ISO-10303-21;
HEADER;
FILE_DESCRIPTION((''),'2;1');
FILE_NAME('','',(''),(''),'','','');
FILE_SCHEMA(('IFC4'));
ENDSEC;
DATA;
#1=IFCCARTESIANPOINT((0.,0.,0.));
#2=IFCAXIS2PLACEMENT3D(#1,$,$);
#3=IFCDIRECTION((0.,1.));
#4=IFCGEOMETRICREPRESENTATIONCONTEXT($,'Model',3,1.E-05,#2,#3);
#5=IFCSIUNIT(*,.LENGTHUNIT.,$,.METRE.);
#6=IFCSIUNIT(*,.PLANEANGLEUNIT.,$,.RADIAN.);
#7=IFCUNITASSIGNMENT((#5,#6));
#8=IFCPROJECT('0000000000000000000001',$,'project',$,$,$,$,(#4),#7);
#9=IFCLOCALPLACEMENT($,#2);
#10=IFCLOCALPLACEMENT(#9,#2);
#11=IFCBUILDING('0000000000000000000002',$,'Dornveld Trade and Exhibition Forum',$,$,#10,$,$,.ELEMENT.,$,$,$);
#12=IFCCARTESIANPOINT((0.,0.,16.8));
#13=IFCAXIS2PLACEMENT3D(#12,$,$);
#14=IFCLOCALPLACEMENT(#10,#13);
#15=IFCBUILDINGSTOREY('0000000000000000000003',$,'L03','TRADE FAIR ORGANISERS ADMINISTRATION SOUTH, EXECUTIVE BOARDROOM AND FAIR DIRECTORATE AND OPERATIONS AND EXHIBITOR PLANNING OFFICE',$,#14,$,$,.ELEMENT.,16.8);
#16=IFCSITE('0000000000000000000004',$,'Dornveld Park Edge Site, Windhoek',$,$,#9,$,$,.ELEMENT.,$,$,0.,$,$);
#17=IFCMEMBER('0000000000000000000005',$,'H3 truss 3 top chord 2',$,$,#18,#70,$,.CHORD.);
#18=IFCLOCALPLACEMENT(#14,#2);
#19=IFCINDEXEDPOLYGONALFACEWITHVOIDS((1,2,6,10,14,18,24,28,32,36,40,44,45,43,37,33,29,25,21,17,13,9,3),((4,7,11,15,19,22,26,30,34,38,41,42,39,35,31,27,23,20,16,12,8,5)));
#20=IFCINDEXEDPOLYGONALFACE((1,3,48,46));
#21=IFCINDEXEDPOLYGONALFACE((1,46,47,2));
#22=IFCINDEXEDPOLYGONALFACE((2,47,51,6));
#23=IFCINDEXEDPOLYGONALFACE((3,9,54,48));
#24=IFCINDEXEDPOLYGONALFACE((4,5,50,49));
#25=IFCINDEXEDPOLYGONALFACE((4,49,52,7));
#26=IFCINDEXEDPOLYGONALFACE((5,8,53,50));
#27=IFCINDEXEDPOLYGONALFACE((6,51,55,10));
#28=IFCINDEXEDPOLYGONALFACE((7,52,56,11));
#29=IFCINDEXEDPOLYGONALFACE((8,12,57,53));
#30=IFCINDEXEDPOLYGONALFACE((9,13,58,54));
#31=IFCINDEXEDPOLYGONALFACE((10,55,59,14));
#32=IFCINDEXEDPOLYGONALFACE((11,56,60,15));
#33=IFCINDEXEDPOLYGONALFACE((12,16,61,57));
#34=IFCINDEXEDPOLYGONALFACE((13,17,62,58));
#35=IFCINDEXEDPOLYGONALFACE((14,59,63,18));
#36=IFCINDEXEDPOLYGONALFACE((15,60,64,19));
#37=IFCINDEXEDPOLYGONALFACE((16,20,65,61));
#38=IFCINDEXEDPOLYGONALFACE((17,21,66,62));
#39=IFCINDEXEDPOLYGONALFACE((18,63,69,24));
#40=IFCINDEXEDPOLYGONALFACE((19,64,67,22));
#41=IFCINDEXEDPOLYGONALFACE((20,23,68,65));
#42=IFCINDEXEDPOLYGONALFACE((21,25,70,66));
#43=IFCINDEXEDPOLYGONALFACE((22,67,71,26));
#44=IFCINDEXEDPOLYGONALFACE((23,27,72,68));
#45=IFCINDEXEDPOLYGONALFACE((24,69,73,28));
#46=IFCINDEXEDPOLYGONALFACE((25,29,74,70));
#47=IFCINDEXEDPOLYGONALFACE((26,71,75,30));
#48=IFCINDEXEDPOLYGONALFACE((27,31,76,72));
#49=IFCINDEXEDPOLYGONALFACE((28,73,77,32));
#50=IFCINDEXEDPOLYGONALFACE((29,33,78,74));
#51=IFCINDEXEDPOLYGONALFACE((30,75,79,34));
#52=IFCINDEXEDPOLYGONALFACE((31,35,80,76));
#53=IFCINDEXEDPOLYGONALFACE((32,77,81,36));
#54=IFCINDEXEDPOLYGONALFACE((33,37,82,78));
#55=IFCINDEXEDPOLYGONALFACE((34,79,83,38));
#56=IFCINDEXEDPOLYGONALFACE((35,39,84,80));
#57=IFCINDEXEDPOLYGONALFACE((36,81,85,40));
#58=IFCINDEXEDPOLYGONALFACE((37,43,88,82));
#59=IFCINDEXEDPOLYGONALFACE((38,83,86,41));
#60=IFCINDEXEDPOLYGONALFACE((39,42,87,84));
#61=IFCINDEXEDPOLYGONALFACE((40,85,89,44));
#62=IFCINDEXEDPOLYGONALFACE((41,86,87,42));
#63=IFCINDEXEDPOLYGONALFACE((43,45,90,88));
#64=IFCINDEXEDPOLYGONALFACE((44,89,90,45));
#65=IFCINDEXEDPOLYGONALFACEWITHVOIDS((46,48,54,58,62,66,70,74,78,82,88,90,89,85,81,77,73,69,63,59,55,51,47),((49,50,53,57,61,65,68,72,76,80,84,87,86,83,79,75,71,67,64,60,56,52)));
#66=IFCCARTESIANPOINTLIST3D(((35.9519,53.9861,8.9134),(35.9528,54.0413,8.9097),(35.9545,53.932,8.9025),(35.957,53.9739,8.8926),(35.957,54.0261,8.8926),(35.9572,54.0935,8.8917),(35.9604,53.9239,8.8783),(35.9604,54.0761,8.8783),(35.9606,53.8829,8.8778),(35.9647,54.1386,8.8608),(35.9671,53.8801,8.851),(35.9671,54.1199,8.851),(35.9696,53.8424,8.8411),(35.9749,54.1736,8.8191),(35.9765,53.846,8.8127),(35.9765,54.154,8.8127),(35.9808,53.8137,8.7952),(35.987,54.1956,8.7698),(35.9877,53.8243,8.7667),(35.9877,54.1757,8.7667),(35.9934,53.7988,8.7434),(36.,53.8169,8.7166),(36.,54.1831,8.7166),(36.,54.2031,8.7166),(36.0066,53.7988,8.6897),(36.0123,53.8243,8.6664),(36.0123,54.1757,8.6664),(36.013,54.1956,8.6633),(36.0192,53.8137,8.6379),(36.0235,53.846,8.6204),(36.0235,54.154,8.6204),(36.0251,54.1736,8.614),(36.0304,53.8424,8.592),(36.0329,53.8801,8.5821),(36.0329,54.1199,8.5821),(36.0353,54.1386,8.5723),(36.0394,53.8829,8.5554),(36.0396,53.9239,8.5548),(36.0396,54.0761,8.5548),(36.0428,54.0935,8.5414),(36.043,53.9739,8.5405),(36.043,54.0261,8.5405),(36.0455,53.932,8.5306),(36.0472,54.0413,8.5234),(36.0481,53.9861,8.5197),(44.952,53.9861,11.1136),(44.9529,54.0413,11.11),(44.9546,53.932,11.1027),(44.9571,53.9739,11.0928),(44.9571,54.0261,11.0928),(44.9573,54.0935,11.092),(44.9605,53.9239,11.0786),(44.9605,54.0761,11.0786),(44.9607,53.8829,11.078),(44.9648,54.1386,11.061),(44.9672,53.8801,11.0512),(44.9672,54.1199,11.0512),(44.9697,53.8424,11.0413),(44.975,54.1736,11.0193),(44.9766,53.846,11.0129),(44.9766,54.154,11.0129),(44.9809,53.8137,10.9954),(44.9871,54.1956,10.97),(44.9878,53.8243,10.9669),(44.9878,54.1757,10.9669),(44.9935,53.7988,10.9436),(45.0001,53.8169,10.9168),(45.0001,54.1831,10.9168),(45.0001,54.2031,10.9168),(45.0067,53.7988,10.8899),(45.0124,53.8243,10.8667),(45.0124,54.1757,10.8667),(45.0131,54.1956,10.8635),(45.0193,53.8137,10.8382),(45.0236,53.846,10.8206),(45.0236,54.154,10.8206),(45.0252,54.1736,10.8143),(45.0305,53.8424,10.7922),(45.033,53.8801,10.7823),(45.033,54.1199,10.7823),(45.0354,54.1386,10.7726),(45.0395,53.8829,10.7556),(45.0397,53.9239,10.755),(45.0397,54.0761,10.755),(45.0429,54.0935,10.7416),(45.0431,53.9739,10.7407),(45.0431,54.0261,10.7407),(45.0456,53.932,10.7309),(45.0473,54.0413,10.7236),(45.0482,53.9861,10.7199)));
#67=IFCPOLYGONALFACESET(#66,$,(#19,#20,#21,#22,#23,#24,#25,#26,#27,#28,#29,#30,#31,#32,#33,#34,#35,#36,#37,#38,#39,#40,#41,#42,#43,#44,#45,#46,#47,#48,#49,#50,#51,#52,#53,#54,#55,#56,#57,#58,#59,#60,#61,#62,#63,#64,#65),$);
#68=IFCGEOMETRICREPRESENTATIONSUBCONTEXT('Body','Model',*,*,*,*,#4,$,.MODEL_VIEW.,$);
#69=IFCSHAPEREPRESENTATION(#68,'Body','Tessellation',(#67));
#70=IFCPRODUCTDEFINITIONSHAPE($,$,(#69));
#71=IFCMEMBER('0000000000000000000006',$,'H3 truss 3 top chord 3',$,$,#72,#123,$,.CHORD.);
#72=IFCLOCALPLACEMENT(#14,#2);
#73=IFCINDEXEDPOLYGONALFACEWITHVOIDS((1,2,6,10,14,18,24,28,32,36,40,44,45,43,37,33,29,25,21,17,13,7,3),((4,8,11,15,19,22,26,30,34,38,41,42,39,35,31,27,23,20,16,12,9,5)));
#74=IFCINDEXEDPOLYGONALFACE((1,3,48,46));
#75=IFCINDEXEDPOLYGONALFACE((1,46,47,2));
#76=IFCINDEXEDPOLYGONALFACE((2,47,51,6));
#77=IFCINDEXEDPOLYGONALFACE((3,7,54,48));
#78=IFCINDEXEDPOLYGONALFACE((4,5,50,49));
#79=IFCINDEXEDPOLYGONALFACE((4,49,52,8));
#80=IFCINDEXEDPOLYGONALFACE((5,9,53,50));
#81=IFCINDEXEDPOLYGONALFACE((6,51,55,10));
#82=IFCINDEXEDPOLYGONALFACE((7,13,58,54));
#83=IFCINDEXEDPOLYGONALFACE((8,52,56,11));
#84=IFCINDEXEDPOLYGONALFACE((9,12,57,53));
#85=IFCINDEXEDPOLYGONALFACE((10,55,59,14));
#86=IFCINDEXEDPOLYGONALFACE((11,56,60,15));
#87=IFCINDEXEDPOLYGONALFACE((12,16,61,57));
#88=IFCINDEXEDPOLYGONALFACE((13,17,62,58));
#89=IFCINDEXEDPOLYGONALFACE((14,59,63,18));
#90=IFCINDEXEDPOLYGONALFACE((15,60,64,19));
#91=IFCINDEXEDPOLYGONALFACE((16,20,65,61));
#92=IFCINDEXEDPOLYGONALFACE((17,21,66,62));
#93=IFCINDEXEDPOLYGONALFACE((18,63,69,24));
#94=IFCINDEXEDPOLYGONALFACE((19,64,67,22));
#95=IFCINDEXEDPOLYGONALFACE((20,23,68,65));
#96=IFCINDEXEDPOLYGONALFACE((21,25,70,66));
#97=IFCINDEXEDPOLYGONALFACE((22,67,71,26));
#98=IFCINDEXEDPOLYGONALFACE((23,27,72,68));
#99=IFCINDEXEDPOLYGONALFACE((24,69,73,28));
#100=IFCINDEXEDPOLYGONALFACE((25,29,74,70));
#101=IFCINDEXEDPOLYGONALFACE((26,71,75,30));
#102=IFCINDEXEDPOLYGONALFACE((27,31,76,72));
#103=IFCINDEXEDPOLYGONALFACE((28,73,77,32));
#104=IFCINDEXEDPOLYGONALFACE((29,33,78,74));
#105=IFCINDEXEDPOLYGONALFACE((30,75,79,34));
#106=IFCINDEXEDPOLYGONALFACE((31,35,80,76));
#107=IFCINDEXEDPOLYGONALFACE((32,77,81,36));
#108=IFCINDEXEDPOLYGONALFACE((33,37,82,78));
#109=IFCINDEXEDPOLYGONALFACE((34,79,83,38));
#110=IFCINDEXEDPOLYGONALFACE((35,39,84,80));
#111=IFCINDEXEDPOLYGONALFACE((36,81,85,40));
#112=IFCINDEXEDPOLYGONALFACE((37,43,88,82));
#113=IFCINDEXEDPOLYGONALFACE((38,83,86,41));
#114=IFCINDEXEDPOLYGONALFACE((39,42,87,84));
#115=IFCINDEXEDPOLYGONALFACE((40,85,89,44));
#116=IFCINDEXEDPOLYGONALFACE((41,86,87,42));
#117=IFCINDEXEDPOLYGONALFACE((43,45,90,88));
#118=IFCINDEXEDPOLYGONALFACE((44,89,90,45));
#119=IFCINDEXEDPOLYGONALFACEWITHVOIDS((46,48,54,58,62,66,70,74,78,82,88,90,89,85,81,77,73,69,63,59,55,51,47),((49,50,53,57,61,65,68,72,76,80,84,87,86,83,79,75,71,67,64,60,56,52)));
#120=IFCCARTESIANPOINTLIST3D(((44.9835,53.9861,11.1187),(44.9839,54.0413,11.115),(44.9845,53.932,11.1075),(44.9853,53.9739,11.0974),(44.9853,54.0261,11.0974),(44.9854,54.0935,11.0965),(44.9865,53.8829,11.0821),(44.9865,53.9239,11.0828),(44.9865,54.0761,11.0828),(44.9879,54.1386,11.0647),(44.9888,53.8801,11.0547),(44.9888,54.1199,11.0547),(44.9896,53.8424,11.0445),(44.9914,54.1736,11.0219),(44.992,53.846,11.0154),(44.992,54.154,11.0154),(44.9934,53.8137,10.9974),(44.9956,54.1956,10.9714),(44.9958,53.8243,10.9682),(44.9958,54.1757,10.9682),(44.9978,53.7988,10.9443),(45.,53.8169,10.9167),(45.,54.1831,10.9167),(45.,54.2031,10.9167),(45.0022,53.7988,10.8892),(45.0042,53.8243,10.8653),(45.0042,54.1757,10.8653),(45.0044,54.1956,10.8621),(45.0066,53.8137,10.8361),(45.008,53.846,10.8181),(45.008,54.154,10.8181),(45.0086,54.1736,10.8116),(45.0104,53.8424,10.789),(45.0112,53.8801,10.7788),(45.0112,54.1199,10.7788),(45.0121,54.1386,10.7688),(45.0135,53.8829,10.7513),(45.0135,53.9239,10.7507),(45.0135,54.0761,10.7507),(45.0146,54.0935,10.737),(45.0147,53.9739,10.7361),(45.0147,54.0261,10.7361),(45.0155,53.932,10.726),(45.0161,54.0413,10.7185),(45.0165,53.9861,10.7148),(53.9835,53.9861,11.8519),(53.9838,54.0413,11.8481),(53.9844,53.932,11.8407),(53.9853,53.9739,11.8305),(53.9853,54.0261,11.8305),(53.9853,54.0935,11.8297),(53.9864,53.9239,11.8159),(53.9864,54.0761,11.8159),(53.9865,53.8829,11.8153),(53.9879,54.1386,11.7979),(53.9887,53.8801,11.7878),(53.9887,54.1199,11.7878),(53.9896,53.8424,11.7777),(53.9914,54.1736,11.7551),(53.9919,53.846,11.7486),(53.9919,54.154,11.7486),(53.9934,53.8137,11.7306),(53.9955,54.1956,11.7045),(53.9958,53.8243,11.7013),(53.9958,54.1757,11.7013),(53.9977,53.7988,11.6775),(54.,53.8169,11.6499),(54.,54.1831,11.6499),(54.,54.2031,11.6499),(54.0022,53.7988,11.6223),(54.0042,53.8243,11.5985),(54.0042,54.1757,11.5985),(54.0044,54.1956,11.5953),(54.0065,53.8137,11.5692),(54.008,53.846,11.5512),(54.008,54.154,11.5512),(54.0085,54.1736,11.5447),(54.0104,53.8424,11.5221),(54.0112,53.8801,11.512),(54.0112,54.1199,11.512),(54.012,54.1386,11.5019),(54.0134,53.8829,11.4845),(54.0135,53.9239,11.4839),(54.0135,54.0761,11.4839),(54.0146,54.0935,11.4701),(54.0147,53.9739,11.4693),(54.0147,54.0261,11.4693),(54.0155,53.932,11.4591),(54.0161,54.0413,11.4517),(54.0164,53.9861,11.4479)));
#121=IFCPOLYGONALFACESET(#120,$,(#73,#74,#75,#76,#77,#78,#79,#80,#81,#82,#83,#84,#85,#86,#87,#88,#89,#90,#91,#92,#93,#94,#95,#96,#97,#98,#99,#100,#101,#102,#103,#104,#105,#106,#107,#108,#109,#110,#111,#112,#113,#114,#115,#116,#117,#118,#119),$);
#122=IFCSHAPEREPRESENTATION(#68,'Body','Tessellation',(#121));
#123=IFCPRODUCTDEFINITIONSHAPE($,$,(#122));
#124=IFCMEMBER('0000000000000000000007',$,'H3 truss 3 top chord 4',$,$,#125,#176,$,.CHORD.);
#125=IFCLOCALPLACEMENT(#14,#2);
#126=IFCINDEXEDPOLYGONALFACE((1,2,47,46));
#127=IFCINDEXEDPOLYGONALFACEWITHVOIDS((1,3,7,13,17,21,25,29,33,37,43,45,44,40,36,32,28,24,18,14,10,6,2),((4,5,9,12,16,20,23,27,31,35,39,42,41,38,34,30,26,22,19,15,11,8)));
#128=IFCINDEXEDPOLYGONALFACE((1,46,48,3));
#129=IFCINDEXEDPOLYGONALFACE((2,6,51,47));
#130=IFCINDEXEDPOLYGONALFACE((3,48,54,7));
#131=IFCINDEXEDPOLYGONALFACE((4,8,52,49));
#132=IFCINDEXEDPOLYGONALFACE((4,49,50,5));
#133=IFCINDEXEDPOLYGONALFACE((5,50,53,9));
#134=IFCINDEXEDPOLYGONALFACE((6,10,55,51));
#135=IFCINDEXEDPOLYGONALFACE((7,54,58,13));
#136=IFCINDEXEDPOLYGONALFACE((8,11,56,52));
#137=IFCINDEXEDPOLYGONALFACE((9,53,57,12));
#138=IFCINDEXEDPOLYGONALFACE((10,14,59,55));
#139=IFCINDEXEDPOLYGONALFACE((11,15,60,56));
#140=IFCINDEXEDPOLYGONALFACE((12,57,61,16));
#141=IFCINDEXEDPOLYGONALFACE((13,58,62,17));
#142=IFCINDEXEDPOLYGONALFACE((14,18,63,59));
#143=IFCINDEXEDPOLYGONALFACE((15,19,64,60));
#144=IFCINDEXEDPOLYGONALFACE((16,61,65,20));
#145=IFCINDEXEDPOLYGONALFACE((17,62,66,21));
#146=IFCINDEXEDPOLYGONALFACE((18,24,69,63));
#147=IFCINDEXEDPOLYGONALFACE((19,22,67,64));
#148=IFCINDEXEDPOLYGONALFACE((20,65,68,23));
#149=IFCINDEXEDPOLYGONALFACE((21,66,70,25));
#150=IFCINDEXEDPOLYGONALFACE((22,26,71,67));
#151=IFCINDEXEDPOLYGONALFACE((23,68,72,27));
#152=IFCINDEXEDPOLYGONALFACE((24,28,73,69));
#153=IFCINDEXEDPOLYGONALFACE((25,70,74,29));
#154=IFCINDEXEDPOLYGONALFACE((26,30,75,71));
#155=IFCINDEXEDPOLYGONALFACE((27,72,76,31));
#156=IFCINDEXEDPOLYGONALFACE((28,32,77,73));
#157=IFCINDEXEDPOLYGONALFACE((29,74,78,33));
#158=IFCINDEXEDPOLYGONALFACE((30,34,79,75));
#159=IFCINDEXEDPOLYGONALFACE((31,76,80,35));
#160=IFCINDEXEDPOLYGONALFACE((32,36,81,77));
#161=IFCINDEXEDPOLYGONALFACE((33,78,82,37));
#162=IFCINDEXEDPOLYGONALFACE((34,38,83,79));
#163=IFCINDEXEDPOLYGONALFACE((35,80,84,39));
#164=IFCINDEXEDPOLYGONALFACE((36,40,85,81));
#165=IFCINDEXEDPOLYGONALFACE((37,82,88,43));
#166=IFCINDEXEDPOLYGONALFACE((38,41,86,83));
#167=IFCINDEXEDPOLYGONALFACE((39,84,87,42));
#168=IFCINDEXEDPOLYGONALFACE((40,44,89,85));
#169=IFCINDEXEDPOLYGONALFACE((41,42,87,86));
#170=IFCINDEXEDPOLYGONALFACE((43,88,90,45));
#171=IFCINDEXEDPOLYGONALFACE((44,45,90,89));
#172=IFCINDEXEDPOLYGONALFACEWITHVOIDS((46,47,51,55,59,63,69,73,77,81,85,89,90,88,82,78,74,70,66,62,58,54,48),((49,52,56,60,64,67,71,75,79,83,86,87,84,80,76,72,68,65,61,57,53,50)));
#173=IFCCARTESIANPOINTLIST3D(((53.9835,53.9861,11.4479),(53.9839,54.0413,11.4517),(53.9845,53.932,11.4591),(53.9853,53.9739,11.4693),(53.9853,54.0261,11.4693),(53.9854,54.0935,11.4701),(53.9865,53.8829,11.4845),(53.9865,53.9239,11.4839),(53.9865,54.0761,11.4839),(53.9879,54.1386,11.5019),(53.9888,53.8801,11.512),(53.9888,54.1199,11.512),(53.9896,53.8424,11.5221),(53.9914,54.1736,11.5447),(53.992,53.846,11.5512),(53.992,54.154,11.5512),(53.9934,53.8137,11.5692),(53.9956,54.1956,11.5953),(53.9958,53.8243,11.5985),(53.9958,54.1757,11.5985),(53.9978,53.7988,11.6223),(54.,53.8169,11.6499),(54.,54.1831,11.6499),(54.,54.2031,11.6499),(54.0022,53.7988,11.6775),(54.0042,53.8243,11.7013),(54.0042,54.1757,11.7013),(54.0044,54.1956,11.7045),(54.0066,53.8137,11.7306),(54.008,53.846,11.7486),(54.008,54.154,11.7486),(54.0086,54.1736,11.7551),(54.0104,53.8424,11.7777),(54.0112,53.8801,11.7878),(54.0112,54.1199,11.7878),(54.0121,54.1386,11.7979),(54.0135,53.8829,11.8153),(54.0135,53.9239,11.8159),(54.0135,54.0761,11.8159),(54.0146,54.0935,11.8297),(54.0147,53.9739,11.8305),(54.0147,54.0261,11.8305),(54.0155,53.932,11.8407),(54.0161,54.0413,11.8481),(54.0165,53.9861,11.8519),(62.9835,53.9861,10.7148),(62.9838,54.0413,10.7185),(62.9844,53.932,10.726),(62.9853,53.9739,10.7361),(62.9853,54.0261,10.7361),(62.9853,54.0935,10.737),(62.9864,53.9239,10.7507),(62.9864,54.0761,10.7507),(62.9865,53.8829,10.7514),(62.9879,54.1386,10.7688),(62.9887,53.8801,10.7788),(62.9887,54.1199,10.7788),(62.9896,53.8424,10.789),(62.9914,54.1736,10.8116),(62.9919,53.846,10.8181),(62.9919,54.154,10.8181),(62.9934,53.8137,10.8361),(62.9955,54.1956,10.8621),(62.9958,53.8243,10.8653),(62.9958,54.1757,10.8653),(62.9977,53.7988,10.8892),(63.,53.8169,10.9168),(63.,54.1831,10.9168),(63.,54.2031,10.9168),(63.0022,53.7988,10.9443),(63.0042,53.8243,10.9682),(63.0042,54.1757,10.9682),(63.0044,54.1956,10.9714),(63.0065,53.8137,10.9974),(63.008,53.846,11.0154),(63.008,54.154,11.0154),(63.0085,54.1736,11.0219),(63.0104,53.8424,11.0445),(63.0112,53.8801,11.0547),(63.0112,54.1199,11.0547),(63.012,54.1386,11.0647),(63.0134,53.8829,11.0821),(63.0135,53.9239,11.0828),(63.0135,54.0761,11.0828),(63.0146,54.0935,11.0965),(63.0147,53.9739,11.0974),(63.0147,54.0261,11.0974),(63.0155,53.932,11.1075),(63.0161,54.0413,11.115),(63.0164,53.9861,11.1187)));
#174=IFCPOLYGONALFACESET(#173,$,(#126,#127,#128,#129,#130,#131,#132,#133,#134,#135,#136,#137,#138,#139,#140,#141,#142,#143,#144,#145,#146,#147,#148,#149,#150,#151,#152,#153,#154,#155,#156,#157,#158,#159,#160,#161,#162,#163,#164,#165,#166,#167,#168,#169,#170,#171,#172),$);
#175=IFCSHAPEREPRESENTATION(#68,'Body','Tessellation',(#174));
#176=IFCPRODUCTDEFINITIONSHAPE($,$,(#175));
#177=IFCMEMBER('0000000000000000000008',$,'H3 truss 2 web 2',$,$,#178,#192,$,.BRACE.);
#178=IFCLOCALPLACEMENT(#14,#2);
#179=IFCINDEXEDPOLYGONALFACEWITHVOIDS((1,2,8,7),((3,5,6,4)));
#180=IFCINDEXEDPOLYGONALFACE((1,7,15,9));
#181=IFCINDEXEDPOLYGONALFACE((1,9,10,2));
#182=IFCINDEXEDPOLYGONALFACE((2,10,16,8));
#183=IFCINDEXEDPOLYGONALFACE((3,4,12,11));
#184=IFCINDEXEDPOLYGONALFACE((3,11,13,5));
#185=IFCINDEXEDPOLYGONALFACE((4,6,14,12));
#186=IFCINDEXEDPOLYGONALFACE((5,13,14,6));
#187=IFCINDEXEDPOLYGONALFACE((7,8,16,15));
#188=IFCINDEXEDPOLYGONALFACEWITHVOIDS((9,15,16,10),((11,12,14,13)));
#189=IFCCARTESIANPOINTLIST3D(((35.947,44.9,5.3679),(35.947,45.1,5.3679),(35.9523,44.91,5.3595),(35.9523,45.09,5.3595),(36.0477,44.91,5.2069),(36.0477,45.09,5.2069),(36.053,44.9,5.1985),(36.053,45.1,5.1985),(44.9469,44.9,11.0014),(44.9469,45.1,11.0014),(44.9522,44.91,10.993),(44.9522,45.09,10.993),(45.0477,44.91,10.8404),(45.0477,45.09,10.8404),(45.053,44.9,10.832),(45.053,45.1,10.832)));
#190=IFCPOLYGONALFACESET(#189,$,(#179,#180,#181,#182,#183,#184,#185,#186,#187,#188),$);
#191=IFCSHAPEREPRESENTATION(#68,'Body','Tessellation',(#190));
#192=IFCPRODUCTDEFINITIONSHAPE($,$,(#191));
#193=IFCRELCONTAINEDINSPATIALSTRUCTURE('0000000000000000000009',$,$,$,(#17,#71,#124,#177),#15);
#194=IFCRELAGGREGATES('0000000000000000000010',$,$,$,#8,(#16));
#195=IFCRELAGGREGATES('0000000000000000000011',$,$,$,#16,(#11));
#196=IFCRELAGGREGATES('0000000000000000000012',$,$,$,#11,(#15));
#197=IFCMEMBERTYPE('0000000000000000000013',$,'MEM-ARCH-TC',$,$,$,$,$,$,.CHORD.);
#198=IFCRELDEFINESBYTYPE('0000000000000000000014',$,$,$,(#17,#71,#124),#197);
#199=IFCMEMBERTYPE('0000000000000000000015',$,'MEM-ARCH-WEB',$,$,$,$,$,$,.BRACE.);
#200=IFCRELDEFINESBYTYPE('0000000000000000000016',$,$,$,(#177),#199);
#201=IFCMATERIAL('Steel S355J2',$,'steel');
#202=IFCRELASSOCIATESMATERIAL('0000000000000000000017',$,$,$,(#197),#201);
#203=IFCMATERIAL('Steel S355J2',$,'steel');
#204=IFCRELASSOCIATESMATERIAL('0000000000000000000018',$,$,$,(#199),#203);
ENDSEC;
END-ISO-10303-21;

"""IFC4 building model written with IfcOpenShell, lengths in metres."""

from ifc_helpers import new_model, si_unit, direction, frame, origin, origin_2d, place, context, subcontext, project, spatial, hollow_rectangle, hollow_circle, extrude, material, material_profile, profile_set, type_object, element, save


model = new_model("IFC4")

# Units and contexts
model_context = context("Model", 3, precision=1e-05, world=origin(), true_north=direction((0.0, 1.0)))
body_context = subcontext(model_context, "Body", "Model", "MODEL_VIEW")
ifc_project = project(units=[si_unit("LENGTHUNIT", "METRE"), si_unit("PLANEANGLEUNIT", "RADIAN")], contexts=[model_context])

# Site, building, storey
site_placement = place(None, origin())
site = spatial("IfcSite", under=ifc_project, at=site_placement, Name="Dornveld Park Edge Site, Windhoek", CompositionType="ELEMENT", RefElevation=0.0)
building_placement = place(site_placement, origin())
building = spatial("IfcBuilding", under=site, at=building_placement, Name="Dornveld Trade and Exhibition Forum", CompositionType="ELEMENT")
storey_placement = place(building_placement, frame((0.0, 0.0, 16.8)))
storey = spatial("IfcBuildingStorey", under=building, at=storey_placement, Name="L03", Description="TRADE FAIR ORGANISERS ADMINISTRATION SOUTH, EXECUTIVE BOARDROOM AND FAIR DIRECTORATE AND OPERATIONS AND EXHIBITOR PLANNING OFFICE", CompositionType="ELEMENT", Elevation=16.8)

# Members
ifc_material_1 = material(Name="Steel S355J2", Category="steel")
ifc_material_profile_1 = material_profile(ifc_material_1, hollow_circle(Radius=0.2031, WallThickness=0.02, at=origin_2d()), Name="CHS 406.4x20")
ifc_profile_set_1 = profile_set([ifc_material_profile_1], Name="Steel S355J2")
member_type_1 = type_object("IfcMemberType", Name="MEM-ARCH-TC", PredefinedType="CHORD", material=ifc_profile_set_1)
member_1_placement = place(storey_placement, frame((36.0, 54.0, 8.7166), z_axis=(0.971394, 0.0, 0.237473), x_axis=(0.0, 1.0, 0.0)))
element("IfcMember", 1, at=member_1_placement, inside=storey, type_object=member_type_1, Name="H3 truss 3 top chord 2", PredefinedType="CHORD", context=body_context, shape_type="SweptSolid", body=[
    extrude(hollow_circle(Radius=0.2031, WallThickness=0.02, at=origin_2d()), origin(), (0.0, 0.0, 1.0), 9.2651),
])
for number, where, z_axis, x_axis, name in (
    (2, (45.0, 54.0, 10.9167), (0.996698, 0.0, 0.081193), (0.0, 1.0, 0.0), "H3 truss 3 top chord 3"),
    (3, (54.0, 54.0, 11.6499), (0.996698, 0.0, -0.081193), (0.0, 1.0, 0.0), "H3 truss 3 top chord 4"),
):
    element("IfcMember", number, at=place(storey_placement, frame(where, z_axis=z_axis, x_axis=x_axis)), inside=storey, type_object=member_type_1, Name=name, PredefinedType="CHORD", context=body_context, shape_type="SweptSolid", body=[
        extrude(hollow_circle(Radius=0.2031, WallThickness=0.02, at=origin_2d()), origin(), (0.0, 0.0, 1.0), 9.0298),
    ])
ifc_material_2 = material(Name="Steel S355J2", Category="steel")
ifc_material_profile_2 = material_profile(ifc_material_2, hollow_rectangle(XDim=0.2, YDim=0.2, WallThickness=0.01, at=origin_2d()), Name="SHS 200x200x10")
ifc_profile_set_2 = profile_set([ifc_material_profile_2], Name="Steel S355J2")
member_type_2 = type_object("IfcMemberType", Name="MEM-ARCH-WEB", PredefinedType="BRACE", material=ifc_profile_set_2)
member_2_placement = place(storey_placement, frame((36.0, 45.0, 5.2832), z_axis=(0.847636, 0.0, 0.530578), x_axis=(0.0, 1.0, 0.0)))
element("IfcMember", 4, at=member_2_placement, inside=storey, type_object=member_type_2, Name="H3 truss 2 web 2", PredefinedType="BRACE", context=body_context, shape_type="SweptSolid", body=[
    extrude(hollow_rectangle(XDim=0.2, YDim=0.2, WallThickness=0.01, at=origin_2d()), origin(), (0.0, 0.0, 1.0), 10.6177),
])

save(model, "model.ifc")
